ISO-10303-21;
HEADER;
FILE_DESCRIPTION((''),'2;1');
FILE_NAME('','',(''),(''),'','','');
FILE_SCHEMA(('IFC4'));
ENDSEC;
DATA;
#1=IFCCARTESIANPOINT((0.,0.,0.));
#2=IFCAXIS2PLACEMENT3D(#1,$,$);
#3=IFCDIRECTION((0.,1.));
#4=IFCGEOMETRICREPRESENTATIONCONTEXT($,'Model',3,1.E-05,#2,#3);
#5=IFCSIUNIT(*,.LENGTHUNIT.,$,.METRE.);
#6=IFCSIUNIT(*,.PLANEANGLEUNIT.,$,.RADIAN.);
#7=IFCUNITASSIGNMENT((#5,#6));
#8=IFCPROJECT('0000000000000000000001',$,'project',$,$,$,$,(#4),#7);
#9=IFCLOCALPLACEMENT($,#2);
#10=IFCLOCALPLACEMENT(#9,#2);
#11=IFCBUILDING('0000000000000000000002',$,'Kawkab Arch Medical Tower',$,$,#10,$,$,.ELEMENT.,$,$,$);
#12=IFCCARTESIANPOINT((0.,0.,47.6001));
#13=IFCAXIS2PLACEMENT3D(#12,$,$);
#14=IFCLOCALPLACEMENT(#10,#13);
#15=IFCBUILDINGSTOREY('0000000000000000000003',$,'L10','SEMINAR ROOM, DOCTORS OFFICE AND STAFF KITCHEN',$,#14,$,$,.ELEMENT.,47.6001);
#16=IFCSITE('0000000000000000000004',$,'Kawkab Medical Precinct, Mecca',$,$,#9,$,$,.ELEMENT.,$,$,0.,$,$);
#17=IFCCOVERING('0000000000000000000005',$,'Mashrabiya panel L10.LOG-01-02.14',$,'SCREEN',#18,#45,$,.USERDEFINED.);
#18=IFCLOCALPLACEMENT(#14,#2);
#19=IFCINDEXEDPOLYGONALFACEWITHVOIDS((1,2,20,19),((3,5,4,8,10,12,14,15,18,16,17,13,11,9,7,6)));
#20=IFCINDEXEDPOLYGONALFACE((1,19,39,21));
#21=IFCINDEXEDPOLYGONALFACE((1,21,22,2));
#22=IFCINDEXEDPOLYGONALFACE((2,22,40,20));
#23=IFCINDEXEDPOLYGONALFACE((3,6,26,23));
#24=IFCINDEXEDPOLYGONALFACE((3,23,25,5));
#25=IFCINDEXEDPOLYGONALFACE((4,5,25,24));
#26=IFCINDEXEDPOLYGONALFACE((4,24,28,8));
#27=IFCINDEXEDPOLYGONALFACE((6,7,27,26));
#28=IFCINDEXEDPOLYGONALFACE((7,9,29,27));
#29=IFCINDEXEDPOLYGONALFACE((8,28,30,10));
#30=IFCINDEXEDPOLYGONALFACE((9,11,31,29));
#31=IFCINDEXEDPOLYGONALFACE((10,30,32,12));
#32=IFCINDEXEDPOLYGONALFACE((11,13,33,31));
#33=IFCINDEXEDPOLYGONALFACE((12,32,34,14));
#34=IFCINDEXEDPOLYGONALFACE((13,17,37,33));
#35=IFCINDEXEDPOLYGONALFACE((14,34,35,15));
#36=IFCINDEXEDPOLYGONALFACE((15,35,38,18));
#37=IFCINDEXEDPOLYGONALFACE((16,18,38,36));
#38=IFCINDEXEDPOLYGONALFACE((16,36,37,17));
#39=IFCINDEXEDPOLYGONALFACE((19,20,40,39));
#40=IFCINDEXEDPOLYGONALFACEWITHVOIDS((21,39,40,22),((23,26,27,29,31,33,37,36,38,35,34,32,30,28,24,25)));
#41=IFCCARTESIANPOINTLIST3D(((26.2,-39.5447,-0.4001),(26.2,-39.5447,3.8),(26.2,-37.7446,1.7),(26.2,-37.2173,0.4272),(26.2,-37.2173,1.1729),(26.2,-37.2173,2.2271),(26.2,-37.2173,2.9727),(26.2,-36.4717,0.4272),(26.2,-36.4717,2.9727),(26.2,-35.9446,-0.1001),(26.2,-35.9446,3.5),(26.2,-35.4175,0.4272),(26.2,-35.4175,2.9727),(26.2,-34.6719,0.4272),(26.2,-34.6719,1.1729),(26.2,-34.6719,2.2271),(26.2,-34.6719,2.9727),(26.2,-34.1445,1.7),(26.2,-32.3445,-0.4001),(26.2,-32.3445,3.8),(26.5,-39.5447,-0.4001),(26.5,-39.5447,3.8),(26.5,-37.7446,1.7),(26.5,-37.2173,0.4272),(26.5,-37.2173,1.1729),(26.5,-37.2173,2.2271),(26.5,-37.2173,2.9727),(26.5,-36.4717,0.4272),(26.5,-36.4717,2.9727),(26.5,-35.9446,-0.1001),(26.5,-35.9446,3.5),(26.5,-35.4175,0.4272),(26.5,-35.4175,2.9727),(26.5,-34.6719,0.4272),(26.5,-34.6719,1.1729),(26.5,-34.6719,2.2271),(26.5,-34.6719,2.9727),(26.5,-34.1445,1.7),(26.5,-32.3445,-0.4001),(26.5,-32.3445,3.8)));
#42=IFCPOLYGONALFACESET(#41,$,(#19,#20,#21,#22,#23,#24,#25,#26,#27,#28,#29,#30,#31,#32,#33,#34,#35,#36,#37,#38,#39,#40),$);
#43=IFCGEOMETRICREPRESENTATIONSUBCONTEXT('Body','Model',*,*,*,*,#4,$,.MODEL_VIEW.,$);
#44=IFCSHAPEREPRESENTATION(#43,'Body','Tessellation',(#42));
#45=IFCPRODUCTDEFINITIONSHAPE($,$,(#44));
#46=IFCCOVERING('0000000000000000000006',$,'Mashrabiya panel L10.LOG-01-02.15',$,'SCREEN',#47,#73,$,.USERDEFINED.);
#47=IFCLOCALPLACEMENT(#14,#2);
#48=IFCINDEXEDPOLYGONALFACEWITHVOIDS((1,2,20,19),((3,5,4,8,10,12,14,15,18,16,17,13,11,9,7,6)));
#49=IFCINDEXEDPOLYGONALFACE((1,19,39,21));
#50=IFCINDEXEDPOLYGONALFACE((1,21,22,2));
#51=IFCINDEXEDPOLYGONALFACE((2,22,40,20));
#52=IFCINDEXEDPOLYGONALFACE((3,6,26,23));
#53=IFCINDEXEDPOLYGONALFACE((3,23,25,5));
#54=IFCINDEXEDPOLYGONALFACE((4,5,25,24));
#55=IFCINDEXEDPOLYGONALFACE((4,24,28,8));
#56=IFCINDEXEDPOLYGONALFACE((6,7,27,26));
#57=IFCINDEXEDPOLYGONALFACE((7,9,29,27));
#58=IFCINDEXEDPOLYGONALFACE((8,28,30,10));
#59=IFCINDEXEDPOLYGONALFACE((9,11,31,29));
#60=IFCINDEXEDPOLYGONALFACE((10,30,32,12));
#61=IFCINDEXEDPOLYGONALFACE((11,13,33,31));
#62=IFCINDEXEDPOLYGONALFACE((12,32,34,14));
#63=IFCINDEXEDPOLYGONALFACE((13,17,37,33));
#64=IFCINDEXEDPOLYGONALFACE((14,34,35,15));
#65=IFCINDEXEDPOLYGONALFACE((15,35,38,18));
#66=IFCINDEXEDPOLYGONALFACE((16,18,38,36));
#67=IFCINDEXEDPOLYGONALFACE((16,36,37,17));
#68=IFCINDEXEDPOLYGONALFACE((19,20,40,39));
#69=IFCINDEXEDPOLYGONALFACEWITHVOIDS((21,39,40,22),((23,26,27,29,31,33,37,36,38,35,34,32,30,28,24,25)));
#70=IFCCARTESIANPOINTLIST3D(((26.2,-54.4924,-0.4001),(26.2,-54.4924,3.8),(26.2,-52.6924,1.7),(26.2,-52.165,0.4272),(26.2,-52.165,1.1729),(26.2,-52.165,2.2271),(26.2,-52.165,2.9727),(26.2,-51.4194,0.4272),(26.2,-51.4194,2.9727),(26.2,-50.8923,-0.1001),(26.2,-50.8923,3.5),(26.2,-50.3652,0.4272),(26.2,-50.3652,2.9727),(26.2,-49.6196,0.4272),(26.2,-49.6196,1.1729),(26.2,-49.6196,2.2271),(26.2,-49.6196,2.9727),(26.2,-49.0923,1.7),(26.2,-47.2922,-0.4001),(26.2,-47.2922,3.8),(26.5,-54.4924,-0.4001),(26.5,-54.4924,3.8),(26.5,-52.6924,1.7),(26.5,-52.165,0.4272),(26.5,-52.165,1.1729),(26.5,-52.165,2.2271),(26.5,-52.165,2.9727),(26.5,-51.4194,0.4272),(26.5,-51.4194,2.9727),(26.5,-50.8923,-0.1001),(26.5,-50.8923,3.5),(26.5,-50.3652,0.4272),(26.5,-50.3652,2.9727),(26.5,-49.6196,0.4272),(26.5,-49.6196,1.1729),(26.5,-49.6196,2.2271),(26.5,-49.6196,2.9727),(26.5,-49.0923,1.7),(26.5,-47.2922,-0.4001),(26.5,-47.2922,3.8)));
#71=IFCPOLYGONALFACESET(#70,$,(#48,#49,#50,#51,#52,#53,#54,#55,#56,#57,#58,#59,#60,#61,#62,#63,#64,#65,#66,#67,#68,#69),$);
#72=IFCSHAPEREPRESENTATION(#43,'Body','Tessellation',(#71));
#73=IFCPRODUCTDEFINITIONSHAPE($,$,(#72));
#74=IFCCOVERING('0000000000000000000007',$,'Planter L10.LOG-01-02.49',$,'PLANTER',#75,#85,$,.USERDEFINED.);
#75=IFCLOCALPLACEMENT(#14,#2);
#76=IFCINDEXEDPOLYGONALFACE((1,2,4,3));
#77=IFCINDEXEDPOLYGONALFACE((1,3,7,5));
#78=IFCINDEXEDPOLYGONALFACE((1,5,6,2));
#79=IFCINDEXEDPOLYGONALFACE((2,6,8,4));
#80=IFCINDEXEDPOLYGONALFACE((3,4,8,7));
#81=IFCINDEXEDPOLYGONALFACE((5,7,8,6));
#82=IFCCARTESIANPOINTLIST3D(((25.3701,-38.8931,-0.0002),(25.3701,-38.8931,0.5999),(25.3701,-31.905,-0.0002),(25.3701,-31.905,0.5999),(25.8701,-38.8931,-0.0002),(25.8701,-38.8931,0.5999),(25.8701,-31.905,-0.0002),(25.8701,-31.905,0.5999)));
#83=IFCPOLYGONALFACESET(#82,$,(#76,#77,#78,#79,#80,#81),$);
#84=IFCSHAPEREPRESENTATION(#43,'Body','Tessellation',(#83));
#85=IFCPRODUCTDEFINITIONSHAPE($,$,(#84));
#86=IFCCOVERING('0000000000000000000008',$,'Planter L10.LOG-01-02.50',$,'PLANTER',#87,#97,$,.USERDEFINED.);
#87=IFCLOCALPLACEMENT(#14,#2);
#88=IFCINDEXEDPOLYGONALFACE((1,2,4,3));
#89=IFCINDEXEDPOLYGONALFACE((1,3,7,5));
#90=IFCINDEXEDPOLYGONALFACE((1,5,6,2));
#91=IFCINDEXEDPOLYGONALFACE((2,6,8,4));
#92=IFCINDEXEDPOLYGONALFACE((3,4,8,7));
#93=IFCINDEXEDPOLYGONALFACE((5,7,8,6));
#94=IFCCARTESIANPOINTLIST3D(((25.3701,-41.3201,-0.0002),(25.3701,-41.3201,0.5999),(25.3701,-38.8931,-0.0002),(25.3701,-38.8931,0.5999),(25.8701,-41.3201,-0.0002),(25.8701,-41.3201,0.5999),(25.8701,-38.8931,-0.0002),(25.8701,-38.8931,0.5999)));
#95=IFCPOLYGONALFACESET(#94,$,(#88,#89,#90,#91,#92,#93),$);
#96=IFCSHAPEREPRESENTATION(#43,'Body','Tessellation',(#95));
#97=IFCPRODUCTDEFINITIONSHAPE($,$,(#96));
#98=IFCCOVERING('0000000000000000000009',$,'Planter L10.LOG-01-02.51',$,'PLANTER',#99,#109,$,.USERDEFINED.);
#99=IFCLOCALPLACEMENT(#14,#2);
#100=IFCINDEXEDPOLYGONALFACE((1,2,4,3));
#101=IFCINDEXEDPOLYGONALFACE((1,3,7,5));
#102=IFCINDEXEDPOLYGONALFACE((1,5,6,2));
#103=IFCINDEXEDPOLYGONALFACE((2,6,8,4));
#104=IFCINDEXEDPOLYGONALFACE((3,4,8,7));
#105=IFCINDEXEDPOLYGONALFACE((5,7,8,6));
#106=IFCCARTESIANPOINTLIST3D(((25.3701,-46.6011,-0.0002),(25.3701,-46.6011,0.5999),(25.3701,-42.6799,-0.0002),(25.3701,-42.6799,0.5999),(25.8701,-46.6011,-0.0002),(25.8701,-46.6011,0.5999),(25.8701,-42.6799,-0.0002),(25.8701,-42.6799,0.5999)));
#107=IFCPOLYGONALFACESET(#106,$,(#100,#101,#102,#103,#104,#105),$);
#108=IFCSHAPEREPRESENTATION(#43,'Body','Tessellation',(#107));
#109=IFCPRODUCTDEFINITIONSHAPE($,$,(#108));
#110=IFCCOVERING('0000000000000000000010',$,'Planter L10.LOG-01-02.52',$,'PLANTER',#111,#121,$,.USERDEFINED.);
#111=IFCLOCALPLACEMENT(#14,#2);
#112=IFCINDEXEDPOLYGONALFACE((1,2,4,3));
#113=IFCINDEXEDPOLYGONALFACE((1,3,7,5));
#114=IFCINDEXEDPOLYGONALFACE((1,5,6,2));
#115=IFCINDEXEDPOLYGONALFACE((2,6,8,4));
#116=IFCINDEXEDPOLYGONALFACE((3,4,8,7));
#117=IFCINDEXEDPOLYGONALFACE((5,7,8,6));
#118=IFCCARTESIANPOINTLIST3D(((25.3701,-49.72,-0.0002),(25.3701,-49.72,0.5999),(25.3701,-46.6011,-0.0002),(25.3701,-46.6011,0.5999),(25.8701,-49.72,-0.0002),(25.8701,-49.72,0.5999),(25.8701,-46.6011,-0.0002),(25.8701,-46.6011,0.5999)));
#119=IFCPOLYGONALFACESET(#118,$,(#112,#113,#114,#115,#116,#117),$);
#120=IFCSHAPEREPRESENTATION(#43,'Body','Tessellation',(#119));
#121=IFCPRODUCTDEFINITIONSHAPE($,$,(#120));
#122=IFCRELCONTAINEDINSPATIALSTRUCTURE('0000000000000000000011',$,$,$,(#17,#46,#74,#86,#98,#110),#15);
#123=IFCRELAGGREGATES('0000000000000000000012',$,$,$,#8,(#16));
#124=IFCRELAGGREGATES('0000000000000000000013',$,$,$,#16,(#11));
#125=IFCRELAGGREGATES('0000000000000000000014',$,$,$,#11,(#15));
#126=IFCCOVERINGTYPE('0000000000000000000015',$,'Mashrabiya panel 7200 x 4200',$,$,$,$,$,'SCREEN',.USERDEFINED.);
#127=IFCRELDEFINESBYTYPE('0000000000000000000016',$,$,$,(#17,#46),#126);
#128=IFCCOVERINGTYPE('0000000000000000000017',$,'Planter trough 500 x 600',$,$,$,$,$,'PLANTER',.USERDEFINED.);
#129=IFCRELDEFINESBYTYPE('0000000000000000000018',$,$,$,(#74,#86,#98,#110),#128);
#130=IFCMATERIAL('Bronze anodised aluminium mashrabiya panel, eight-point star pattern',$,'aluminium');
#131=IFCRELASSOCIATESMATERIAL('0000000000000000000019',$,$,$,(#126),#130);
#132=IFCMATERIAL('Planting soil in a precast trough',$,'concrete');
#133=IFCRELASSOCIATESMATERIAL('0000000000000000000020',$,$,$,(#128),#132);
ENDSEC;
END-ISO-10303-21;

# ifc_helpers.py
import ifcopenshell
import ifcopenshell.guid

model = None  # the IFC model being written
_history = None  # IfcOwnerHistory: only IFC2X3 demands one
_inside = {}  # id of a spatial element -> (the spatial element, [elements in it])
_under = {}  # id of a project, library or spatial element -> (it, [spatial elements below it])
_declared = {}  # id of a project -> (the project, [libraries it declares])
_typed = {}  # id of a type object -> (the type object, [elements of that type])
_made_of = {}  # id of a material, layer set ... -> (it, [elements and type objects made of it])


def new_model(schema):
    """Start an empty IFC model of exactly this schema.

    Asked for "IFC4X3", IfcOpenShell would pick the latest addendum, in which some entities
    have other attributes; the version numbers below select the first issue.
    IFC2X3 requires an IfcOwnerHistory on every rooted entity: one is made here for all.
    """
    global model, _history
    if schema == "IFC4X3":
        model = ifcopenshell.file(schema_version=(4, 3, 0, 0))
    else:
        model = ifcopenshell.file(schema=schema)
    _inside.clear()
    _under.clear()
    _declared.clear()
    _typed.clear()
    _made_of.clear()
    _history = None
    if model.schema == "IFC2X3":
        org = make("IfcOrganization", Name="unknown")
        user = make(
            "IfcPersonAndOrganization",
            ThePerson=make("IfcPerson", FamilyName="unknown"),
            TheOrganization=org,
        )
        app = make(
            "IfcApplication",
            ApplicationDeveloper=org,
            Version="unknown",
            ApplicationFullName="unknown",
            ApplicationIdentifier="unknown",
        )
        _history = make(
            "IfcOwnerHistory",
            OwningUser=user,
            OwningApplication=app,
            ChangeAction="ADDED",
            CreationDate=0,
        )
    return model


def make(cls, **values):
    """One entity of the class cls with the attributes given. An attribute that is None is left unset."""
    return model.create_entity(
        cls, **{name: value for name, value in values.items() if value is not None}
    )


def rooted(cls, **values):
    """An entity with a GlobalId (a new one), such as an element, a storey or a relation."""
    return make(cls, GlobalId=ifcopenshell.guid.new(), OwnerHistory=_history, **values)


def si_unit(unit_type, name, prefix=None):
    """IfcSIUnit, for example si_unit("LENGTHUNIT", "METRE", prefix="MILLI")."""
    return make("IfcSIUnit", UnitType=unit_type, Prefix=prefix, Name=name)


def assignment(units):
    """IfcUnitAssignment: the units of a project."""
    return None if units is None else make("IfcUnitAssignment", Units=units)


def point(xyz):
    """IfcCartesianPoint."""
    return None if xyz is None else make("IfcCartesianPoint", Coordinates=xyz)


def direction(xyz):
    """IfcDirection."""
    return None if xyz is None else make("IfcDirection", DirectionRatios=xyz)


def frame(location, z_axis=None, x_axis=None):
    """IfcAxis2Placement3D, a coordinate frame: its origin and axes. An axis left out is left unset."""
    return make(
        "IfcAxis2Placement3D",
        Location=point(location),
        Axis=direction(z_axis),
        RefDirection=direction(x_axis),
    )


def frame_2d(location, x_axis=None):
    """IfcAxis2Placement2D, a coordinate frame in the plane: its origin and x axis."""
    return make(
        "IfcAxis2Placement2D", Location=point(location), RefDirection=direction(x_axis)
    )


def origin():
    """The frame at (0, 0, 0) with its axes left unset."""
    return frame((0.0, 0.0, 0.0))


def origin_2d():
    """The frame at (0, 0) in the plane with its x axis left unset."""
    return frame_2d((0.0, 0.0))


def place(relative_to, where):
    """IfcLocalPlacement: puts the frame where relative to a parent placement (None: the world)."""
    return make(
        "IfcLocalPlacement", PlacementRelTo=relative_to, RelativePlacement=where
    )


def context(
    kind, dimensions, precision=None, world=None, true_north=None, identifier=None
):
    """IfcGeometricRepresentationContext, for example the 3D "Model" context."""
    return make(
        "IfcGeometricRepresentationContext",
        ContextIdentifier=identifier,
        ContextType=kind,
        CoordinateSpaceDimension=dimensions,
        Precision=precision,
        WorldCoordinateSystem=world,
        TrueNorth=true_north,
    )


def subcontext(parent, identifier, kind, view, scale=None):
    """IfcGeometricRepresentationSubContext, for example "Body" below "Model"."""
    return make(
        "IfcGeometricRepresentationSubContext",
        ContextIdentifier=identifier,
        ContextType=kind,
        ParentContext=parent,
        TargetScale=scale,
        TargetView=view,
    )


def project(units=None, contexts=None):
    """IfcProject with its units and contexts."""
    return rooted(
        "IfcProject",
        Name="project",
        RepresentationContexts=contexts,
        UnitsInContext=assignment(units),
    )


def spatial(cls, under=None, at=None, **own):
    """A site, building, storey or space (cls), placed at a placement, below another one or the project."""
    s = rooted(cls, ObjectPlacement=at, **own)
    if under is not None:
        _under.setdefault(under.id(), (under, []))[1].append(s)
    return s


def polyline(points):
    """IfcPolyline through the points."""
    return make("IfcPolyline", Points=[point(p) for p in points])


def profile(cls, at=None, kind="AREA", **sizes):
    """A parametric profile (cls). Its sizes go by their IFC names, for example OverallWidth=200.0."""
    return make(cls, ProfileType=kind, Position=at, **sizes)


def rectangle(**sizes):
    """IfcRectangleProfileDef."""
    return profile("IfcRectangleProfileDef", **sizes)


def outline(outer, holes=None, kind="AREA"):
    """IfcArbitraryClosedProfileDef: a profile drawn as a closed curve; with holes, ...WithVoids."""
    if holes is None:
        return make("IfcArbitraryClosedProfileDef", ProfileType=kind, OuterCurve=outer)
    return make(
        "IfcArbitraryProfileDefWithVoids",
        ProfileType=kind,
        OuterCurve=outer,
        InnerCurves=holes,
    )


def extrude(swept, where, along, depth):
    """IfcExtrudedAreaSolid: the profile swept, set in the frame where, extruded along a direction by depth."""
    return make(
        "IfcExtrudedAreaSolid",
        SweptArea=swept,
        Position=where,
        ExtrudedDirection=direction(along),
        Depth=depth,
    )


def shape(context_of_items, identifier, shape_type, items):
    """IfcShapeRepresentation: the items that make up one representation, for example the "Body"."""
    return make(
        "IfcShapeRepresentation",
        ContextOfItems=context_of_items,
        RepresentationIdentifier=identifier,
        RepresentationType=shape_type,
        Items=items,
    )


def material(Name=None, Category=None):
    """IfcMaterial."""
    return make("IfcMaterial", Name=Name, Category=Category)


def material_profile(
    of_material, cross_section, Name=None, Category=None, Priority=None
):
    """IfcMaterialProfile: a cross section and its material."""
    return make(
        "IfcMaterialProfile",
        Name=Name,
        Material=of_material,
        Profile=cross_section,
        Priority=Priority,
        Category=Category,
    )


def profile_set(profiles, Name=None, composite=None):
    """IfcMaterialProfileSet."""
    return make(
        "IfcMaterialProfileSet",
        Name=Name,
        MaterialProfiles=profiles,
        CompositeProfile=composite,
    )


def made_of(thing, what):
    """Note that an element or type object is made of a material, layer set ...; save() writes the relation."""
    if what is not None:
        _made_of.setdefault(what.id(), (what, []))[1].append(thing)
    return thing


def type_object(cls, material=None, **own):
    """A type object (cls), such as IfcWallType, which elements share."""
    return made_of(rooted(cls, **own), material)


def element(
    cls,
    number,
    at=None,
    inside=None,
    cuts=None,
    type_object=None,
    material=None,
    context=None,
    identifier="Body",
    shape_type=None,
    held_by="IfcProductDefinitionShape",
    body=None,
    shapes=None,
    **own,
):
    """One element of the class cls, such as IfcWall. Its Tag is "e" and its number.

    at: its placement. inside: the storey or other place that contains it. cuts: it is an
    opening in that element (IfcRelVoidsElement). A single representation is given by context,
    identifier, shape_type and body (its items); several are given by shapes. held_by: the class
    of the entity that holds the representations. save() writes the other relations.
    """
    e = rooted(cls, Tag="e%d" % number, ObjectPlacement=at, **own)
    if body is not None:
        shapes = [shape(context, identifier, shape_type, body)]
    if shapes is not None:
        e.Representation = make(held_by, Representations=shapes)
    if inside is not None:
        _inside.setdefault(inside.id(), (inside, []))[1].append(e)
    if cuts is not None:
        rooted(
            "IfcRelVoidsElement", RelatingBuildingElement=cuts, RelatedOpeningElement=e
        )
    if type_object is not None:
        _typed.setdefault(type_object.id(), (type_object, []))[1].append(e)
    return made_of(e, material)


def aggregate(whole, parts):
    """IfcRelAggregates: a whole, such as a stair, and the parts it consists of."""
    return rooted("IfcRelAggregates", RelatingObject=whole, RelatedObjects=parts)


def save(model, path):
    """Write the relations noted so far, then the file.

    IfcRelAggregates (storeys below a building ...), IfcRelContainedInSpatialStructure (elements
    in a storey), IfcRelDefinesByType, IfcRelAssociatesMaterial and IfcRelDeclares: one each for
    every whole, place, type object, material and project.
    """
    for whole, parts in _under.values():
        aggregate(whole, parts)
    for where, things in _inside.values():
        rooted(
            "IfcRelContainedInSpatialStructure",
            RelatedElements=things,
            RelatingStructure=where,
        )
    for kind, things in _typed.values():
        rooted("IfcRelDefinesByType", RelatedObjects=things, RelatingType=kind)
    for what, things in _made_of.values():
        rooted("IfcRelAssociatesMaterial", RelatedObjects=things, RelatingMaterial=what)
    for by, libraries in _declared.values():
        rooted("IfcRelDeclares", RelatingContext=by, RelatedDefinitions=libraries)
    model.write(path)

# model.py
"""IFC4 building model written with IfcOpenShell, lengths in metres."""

from ifc_helpers import new_model, si_unit, direction, frame, origin, origin_2d, place, context, subcontext, project, spatial, polyline, rectangle, outline, extrude, material, material_profile, profile_set, type_object, element, save


model = new_model("IFC4")

# Units and contexts
model_context = context("Model", 3, precision=1e-05, world=origin(), true_north=direction((0.0, 1.0)))
body_context = subcontext(model_context, "Body", "Model", "MODEL_VIEW")
ifc_project = project(units=[si_unit("LENGTHUNIT", "METRE"), si_unit("PLANEANGLEUNIT", "RADIAN")], contexts=[model_context])

# Site, building, storey
site_placement = place(None, origin())
site = spatial("IfcSite", under=ifc_project, at=site_placement, Name="Kawkab Medical Precinct, Mecca", CompositionType="ELEMENT", RefElevation=0.0)
building_placement = place(site_placement, origin())
building = spatial("IfcBuilding", under=site, at=building_placement, Name="Kawkab Arch Medical Tower", CompositionType="ELEMENT")
storey_placement = place(building_placement, frame((0.0, 0.0, 47.6001)))
storey = spatial("IfcBuildingStorey", under=building, at=storey_placement, Name="L10", Description="SEMINAR ROOM, DOCTORS OFFICE AND STAFF KITCHEN", CompositionType="ELEMENT", Elevation=47.6001)

# Coverings
ifc_material_1 = material(Name="Bronze anodised aluminium mashrabiya panel, eight-point star pattern", Category="aluminium")
ifc_material_profile_1 = material_profile(ifc_material_1, outline(polyline([(-3.6001, -2.1001), (3.6001, -2.1001), (3.6001, 2.1001), (-3.6001, 2.1001), (-3.6001, -2.1001)]), holes=[polyline([(1.8, 0.0), (1.2727, 0.5271), (1.2727, 1.2727), (0.5271, 1.2727), (0.0, 1.8), (-0.5271, 1.2727), (-1.2727, 1.2727), (-1.2727, 0.5271), (-1.8, 0.0), (-1.2727, -0.5271), (-1.2727, -1.2727), (-0.5271, -1.2727), (0.0, -1.8), (0.5271, -1.2727), (1.2727, -1.2727), (1.2727, -0.5271), (1.8, 0.0)])]), Name="Mashrabiya panel 7200x4200")
ifc_profile_set_1 = profile_set([ifc_material_profile_1], Name="Bronze anodised aluminium mashrabiya panel, eight-point star pattern")
covering_type_1 = type_object("IfcCoveringType", Name="Mashrabiya panel 7200 x 4200", ElementType="SCREEN", PredefinedType="USERDEFINED", material=ifc_profile_set_1)
for number, where, z_axis, x_axis, name in (
    (1, (26.2, -35.9446, 1.7), (1.0, 0.0, 0.0), (0.0, 1.0, 0.0), "Mashrabiya panel L10.LOG-01-02.14"),
    (2, (26.2, -50.8923, 1.7), (1.0, 0.0, 0.0), (0.0, 1.0, 0.0), "Mashrabiya panel L10.LOG-01-02.15"),
):
    element("IfcCovering", number, at=place(storey_placement, frame(where, z_axis=z_axis, x_axis=x_axis)), inside=storey, type_object=covering_type_1, Name=name, ObjectType="SCREEN", PredefinedType="USERDEFINED", context=body_context, shape_type="SweptSolid", body=[
        extrude(outline(polyline([(-3.6001, -2.1001), (3.6001, -2.1001), (3.6001, 2.1001), (-3.6001, 2.1001), (-3.6001, -2.1001)]), holes=[polyline([(1.8, 0.0), (1.2727, 0.5271), (1.2727, 1.2727), (0.5271, 1.2727), (0.0, 1.8), (-0.5271, 1.2727), (-1.2727, 1.2727), (-1.2727, 0.5271), (-1.8, 0.0), (-1.2727, -0.5271), (-1.2727, -1.2727), (-0.5271, -1.2727), (0.0, -1.8), (0.5271, -1.2727), (1.2727, -1.2727), (1.2727, -0.5271), (1.8, 0.0)])]), origin(), (0.0, 0.0, 1.0), 0.3),
    ])
ifc_material_2 = material(Name="Planting soil in a precast trough", Category="concrete")
ifc_material_profile_2 = material_profile(ifc_material_2, rectangle(XDim=0.5, YDim=0.6001, at=origin_2d()), Name="Trough 500x600")
ifc_profile_set_2 = profile_set([ifc_material_profile_2], Name="Planting soil in a precast trough")
covering_type_2 = type_object("IfcCoveringType", Name="Planter trough 500 x 600", ElementType="PLANTER", PredefinedType="USERDEFINED", material=ifc_profile_set_2)
covering_1_placement = place(storey_placement, frame((25.6201, -31.905, 0.2998), z_axis=(0.0, -1.0, 0.0), x_axis=(1.0, 0.0, 0.0)))
element("IfcCovering", 3, at=covering_1_placement, inside=storey, type_object=covering_type_2, Name="Planter L10.LOG-01-02.49", ObjectType="PLANTER", PredefinedType="USERDEFINED", context=body_context, shape_type="SweptSolid", body=[
    extrude(rectangle(XDim=0.5, YDim=0.6001, at=origin_2d()), origin(), (0.0, 0.0, 1.0), 6.988),
])
covering_2_placement = place(storey_placement, frame((25.6201, -38.8931, 0.2998), z_axis=(0.0, -1.0, 0.0), x_axis=(1.0, 0.0, 0.0)))
element("IfcCovering", 4, at=covering_2_placement, inside=storey, type_object=covering_type_2, Name="Planter L10.LOG-01-02.50", ObjectType="PLANTER", PredefinedType="USERDEFINED", context=body_context, shape_type="SweptSolid", body=[
    extrude(rectangle(XDim=0.5, YDim=0.6001, at=origin_2d()), origin(), (0.0, 0.0, 1.0), 2.427),
])
covering_3_placement = place(storey_placement, frame((25.6201, -42.6799, 0.2998), z_axis=(0.0, -1.0, 0.0), x_axis=(1.0, 0.0, 0.0)))
element("IfcCovering", 5, at=covering_3_placement, inside=storey, type_object=covering_type_2, Name="Planter L10.LOG-01-02.51", ObjectType="PLANTER", PredefinedType="USERDEFINED", context=body_context, shape_type="SweptSolid", body=[
    extrude(rectangle(XDim=0.5, YDim=0.6001, at=origin_2d()), origin(), (0.0, 0.0, 1.0), 3.9211),
])
covering_4_placement = place(storey_placement, frame((25.6201, -46.6011, 0.2998), z_axis=(0.0, -1.0, 0.0), x_axis=(1.0, 0.0, 0.0)))
element("IfcCovering", 6, at=covering_4_placement, inside=storey, type_object=covering_type_2, Name="Planter L10.LOG-01-02.52", ObjectType="PLANTER", PredefinedType="USERDEFINED", context=body_context, shape_type="SweptSolid", body=[
    extrude(rectangle(XDim=0.5, YDim=0.6001, at=origin_2d()), origin(), (0.0, 0.0, 1.0), 3.1189),
])

save(model, "model.ifc")
